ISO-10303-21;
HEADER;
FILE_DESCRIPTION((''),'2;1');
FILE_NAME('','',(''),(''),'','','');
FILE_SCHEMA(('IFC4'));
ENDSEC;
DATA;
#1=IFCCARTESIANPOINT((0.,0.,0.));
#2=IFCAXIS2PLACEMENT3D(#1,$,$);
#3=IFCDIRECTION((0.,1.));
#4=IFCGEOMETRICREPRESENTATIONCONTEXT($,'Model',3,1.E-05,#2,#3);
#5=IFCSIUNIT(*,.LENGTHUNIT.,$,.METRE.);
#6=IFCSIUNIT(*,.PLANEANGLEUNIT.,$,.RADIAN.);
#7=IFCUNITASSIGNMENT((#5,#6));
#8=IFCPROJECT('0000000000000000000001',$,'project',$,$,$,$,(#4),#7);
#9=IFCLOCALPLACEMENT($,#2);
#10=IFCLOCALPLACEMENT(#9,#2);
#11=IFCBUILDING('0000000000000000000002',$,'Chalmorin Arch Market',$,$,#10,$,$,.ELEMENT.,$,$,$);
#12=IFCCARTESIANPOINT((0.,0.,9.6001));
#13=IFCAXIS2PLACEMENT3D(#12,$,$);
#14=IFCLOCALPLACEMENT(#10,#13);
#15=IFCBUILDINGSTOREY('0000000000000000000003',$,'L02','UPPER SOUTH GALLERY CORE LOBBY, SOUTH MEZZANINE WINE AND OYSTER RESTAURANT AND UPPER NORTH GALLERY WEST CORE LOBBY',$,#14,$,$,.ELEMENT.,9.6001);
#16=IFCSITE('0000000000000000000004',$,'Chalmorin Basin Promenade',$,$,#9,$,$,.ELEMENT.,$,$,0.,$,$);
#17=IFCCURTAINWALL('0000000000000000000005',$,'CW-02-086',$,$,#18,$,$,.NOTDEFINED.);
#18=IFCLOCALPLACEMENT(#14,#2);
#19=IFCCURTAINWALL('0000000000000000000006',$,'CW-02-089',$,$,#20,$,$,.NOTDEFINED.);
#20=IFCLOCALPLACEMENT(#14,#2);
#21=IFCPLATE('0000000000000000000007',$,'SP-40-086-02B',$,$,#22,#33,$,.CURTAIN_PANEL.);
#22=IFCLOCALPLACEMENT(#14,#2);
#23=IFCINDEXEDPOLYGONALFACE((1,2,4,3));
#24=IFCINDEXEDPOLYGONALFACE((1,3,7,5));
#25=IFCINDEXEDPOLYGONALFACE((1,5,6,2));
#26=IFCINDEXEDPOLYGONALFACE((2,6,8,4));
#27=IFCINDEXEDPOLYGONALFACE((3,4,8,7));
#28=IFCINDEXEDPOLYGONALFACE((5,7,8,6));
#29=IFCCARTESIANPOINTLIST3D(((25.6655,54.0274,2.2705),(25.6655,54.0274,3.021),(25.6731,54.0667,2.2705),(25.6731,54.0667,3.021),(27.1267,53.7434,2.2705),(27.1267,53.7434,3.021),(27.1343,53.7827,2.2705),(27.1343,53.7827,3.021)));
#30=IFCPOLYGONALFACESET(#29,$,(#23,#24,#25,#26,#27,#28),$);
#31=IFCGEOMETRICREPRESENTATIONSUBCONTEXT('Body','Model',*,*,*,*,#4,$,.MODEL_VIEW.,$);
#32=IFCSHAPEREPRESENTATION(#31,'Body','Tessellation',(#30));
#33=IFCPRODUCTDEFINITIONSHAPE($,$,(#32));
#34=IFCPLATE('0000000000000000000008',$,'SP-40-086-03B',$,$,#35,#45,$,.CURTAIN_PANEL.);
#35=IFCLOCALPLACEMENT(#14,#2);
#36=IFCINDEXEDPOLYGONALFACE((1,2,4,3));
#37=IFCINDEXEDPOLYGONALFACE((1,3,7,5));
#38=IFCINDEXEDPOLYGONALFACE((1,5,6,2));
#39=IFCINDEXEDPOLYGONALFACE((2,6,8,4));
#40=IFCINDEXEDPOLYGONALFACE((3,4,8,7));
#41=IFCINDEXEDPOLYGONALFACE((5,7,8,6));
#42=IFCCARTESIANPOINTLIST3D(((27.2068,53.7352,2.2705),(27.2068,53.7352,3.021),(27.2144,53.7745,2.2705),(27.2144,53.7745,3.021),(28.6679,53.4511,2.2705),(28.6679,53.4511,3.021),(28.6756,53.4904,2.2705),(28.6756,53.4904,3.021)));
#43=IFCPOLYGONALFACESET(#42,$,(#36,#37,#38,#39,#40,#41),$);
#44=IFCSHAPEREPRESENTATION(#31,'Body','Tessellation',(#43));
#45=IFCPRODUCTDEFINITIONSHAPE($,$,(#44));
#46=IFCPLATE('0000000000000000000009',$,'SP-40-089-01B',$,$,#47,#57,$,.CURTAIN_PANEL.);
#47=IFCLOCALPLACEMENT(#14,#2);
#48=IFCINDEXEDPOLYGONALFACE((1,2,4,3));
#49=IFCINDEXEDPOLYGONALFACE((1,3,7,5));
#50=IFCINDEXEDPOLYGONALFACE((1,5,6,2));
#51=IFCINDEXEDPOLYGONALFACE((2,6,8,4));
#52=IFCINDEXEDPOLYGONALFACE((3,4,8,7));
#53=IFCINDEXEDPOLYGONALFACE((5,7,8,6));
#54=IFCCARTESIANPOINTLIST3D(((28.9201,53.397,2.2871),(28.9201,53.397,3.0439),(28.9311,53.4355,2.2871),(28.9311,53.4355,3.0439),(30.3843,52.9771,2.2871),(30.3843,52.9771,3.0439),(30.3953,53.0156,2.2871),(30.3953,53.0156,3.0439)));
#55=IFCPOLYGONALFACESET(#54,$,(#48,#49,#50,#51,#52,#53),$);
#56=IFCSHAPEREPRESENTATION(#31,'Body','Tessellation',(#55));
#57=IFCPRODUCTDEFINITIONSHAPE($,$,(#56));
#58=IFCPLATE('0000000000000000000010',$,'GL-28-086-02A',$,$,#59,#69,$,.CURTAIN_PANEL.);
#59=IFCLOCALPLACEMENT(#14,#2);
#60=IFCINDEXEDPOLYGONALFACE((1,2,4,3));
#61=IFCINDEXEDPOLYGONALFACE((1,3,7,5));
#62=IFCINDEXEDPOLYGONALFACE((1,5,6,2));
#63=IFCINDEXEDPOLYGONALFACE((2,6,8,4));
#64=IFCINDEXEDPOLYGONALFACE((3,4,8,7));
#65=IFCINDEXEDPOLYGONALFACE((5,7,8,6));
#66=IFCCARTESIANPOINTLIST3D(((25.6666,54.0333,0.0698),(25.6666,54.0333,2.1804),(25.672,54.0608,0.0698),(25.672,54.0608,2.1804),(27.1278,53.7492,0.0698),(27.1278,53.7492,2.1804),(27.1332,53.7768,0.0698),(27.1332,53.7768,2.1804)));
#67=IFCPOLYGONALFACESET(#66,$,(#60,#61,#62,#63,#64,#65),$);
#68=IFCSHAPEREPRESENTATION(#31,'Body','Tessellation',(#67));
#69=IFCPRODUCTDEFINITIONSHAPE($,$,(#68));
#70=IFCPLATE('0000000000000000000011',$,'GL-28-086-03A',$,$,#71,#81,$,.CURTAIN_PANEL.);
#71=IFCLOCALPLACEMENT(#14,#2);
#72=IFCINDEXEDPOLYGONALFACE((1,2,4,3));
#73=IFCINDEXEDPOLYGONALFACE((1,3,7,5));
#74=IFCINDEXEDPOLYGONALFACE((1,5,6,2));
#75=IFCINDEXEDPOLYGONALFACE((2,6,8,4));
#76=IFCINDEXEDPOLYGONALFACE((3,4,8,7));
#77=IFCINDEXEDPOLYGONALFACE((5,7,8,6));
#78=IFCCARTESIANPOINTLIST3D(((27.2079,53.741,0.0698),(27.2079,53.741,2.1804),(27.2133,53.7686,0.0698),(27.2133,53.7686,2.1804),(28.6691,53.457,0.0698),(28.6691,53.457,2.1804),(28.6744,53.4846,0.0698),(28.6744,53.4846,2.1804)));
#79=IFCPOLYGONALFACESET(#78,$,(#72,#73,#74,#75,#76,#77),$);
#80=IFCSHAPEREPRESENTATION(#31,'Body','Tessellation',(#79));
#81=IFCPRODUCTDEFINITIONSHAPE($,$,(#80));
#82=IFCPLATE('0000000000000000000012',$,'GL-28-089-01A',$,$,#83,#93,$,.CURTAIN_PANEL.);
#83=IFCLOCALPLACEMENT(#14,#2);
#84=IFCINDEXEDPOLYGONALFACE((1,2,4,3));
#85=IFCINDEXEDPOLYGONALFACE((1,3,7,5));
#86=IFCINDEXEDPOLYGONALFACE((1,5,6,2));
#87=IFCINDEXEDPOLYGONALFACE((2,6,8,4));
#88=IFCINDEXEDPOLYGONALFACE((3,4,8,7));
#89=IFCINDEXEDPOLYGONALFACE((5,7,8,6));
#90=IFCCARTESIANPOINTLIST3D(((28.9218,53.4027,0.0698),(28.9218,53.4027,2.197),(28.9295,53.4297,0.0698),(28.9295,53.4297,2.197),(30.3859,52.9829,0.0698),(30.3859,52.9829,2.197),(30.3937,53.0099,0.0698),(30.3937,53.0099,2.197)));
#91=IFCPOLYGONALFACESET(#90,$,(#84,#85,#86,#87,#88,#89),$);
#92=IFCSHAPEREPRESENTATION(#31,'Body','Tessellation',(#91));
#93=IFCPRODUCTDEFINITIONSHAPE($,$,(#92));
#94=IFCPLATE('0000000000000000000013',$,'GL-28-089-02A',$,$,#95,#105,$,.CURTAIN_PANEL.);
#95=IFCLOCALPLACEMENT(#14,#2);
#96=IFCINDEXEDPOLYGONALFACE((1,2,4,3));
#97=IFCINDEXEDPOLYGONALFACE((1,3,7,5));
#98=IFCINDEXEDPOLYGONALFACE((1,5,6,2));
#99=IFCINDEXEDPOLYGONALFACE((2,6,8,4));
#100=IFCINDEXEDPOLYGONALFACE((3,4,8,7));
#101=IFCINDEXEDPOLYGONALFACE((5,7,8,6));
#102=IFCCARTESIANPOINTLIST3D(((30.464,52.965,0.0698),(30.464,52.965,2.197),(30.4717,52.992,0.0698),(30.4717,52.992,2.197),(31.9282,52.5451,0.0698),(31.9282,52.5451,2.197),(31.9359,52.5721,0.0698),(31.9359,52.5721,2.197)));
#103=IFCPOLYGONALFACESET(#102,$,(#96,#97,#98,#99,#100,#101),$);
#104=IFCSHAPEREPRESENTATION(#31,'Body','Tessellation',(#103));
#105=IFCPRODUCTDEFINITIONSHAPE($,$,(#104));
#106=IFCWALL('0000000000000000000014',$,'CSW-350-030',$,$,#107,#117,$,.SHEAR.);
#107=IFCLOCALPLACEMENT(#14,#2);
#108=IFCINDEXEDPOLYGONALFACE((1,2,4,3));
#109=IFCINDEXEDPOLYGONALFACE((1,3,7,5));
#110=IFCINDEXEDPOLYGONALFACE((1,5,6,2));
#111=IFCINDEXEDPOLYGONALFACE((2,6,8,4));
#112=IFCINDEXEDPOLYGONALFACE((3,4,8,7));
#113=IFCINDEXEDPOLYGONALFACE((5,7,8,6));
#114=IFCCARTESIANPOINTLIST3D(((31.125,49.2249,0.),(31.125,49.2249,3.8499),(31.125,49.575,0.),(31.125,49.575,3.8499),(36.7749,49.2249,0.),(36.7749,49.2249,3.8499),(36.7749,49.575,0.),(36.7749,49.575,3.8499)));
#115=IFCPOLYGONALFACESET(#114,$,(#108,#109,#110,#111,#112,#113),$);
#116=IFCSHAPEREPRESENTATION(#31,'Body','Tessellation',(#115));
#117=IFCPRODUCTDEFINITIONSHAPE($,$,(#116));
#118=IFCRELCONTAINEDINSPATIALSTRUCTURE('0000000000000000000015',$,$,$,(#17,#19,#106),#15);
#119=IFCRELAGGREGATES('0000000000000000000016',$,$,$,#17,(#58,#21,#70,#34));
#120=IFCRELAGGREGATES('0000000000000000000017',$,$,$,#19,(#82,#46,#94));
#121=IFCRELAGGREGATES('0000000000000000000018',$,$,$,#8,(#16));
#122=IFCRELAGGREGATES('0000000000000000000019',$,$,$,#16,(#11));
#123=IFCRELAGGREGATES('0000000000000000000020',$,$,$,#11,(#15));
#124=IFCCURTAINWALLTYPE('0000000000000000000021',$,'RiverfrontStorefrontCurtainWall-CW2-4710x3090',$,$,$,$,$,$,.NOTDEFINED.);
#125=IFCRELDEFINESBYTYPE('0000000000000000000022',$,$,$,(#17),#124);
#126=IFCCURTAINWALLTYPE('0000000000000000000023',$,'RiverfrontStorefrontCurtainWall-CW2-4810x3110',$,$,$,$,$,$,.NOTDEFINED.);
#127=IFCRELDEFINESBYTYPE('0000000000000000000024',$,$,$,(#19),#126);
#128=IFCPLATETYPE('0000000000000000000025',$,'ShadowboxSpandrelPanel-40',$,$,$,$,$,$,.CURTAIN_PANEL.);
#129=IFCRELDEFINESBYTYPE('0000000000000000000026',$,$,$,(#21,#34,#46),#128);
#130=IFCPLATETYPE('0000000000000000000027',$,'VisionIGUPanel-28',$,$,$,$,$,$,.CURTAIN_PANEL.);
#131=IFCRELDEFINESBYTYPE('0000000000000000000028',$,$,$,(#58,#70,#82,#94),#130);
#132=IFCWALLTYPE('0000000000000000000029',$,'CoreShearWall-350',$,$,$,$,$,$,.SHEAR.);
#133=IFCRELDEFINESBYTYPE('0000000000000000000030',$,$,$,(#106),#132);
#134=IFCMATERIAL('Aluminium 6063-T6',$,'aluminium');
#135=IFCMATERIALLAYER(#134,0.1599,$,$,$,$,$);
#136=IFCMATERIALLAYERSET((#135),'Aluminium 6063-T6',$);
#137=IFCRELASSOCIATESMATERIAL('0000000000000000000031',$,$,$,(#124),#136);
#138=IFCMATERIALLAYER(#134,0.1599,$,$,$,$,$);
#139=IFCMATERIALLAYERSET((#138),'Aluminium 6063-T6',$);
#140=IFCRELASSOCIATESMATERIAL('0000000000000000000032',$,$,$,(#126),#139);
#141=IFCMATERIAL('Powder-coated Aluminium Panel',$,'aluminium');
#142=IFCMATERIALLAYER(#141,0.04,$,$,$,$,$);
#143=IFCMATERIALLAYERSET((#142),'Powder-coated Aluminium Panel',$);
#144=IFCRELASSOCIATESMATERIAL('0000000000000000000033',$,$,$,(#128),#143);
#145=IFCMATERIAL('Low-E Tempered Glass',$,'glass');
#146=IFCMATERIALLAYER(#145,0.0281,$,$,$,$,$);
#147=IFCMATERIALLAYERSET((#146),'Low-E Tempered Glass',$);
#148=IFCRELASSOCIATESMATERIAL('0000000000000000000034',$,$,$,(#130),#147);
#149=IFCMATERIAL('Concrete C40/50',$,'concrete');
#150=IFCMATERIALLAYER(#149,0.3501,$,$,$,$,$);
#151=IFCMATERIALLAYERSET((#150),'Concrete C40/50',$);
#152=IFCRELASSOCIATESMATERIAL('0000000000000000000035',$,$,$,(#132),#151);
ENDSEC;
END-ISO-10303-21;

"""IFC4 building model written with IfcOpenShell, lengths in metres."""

from ifc_helpers import new_model, si_unit, direction, frame, frame_2d, origin, origin_2d, place, context, subcontext, project, spatial, rectangle, extrude, material, layer, layer_set, type_object, element, aggregate, save


model = new_model("IFC4")

# Units and contexts
model_context = context("Model", 3, precision=1e-05, world=origin(), true_north=direction((0.0, 1.0)))
body_context = subcontext(model_context, "Body", "Model", "MODEL_VIEW")
ifc_project = project(units=[si_unit("LENGTHUNIT", "METRE"), si_unit("PLANEANGLEUNIT", "RADIAN")], contexts=[model_context])

# Site, building, storey
site_placement = place(None, origin())
site = spatial("IfcSite", under=ifc_project, at=site_placement, Name="Chalmorin Basin Promenade", CompositionType="ELEMENT", RefElevation=0.0)
building_placement = place(site_placement, origin())
building = spatial("IfcBuilding", under=site, at=building_placement, Name="Chalmorin Arch Market", CompositionType="ELEMENT")
storey_placement = place(building_placement, frame((0.0, 0.0, 9.6001)))
storey = spatial("IfcBuildingStorey", under=building, at=storey_placement, Name="L02", Description="UPPER SOUTH GALLERY CORE LOBBY, SOUTH MEZZANINE WINE AND OYSTER RESTAURANT AND UPPER NORTH GALLERY WEST CORE LOBBY", CompositionType="ELEMENT", Elevation=9.6001)

# Curtain walls
ifc_material_1 = material(Name="Aluminium 6063-T6", Category="aluminium")
ifc_layer_1 = layer(ifc_material_1, 0.1599)
ifc_layer_set_1 = layer_set([ifc_layer_1], Name="Aluminium 6063-T6")
curtain_wall_type_1 = type_object("IfcCurtainWallType", Name="RiverfrontStorefrontCurtainWall-CW2-4710x3090", PredefinedType="NOTDEFINED", material=ifc_layer_set_1)
curtain_wall_1_placement = place(storey_placement, origin())
curtain_wall_1 = element("IfcCurtainWall", 1, at=curtain_wall_1_placement, inside=storey, type_object=curtain_wall_type_1, Name="CW-02-086", PredefinedType="NOTDEFINED")
ifc_layer_2 = layer(ifc_material_1, 0.1599)
ifc_layer_set_2 = layer_set([ifc_layer_2], Name="Aluminium 6063-T6")
curtain_wall_type_2 = type_object("IfcCurtainWallType", Name="RiverfrontStorefrontCurtainWall-CW2-4810x3110", PredefinedType="NOTDEFINED", material=ifc_layer_set_2)
curtain_wall_2_placement = place(storey_placement, origin())
curtain_wall_2 = element("IfcCurtainWall", 2, at=curtain_wall_2_placement, inside=storey, type_object=curtain_wall_type_2, Name="CW-02-089", PredefinedType="NOTDEFINED")

# Plates
ifc_material_2 = material(Name="Powder-coated Aluminium Panel", Category="aluminium")
ifc_layer_3 = layer(ifc_material_2, 0.04)
ifc_layer_set_3 = layer_set([ifc_layer_3], Name="Powder-coated Aluminium Panel")
plate_type_1 = type_object("IfcPlateType", Name="ShadowboxSpandrelPanel-40", PredefinedType="CURTAIN_PANEL", material=ifc_layer_set_3)
plate_1_placement = place(storey_placement, frame((26.3999, 53.905, 2.2705), z_axis=(0.0, 0.0, 1.0), x_axis=(0.981627, -0.190809, 0.0)))
plate_1 = element("IfcPlate", 3, at=plate_1_placement, type_object=plate_type_1, Name="SP-40-086-02B", PredefinedType="CURTAIN_PANEL", context=body_context, shape_type="SweptSolid", body=[
    extrude(rectangle(XDim=1.4885, YDim=0.04, at=origin_2d()), origin(), (0.0, 0.0, 1.0), 0.7505),
])
plate_2_placement = place(storey_placement, frame((27.9412, 53.6128, 2.2705), z_axis=(0.0, 0.0, 1.0), x_axis=(0.981627, -0.190809, 0.0)))
plate_2 = element("IfcPlate", 4, at=plate_2_placement, type_object=plate_type_1, Name="SP-40-086-03B", PredefinedType="CURTAIN_PANEL", context=body_context, shape_type="SweptSolid", body=[
    extrude(rectangle(XDim=1.4885, YDim=0.04, at=origin_2d()), origin(), (0.0, 0.0, 1.0), 0.7505),
])
plate_3_placement = place(storey_placement, frame((29.6577, 53.2063, 2.2871), z_axis=(0.0, 0.0, 1.0), x_axis=(0.961262, -0.275637, 0.0)))
plate_3 = element("IfcPlate", 5, at=plate_3_placement, type_object=plate_type_1, Name="SP-40-089-01B", PredefinedType="CURTAIN_PANEL", context=body_context, shape_type="SweptSolid", body=[
    extrude(rectangle(XDim=1.5232, YDim=0.04, at=origin_2d()), origin(), (0.0, 0.0, 1.0), 0.7568),
])
ifc_material_3 = material(Name="Low-E Tempered Glass", Category="glass")
ifc_layer_4 = layer(ifc_material_3, 0.0281)
ifc_layer_set_4 = layer_set([ifc_layer_4], Name="Low-E Tempered Glass")
plate_type_2 = type_object("IfcPlateType", Name="VisionIGUPanel-28", PredefinedType="CURTAIN_PANEL", material=ifc_layer_set_4)
plate_4_placement = place(storey_placement, frame((26.3999, 53.905, 0.0698), z_axis=(0.0, 0.0, 1.0), x_axis=(0.981627, -0.190809, 0.0)))
plate_4 = element("IfcPlate", 6, at=plate_4_placement, type_object=plate_type_2, Name="GL-28-086-02A", PredefinedType="CURTAIN_PANEL", context=body_context, shape_type="SweptSolid", body=[
    extrude(rectangle(XDim=1.4885, YDim=0.0281, at=origin_2d()), origin(), (0.0, 0.0, 1.0), 2.1106),
])
plate_5_placement = place(storey_placement, frame((27.9412, 53.6128, 0.0698), z_axis=(0.0, 0.0, 1.0), x_axis=(0.981627, -0.190809, 0.0)))
plate_5 = element("IfcPlate", 7, at=plate_5_placement, type_object=plate_type_2, Name="GL-28-086-03A", PredefinedType="CURTAIN_PANEL", context=body_context, shape_type="SweptSolid", body=[
    extrude(rectangle(XDim=1.4885, YDim=0.0281, at=origin_2d()), origin(), (0.0, 0.0, 1.0), 2.1106),
])
aggregate(curtain_wall_1, [plate_4, plate_1, plate_5, plate_2])
plate_6_placement = place(storey_placement, frame((29.6577, 53.2063, 0.0698), z_axis=(0.0, 0.0, 1.0), x_axis=(0.961262, -0.275637, 0.0)))
plate_6 = element("IfcPlate", 8, at=plate_6_placement, type_object=plate_type_2, Name="GL-28-089-01A", PredefinedType="CURTAIN_PANEL", context=body_context, shape_type="SweptSolid", body=[
    extrude(rectangle(XDim=1.5232, YDim=0.0281, at=origin_2d()), origin(), (0.0, 0.0, 1.0), 2.1272),
])
plate_7_placement = place(storey_placement, frame((31.2, 52.7686, 0.0698), z_axis=(0.0, 0.0, 1.0), x_axis=(0.961262, -0.275637, 0.0)))
plate_7 = element("IfcPlate", 9, at=plate_7_placement, type_object=plate_type_2, Name="GL-28-089-02A", PredefinedType="CURTAIN_PANEL", context=body_context, shape_type="SweptSolid", body=[
    extrude(rectangle(XDim=1.5232, YDim=0.0281, at=origin_2d()), origin(), (0.0, 0.0, 1.0), 2.1272),
])
aggregate(curtain_wall_2, [plate_6, plate_3, plate_7])

# Wall
ifc_material_4 = material(Name="Concrete C40/50", Category="concrete")
ifc_layer_5 = layer(ifc_material_4, 0.3501)
ifc_layer_set_5 = layer_set([ifc_layer_5], Name="Concrete C40/50")
wall_type = type_object("IfcWallType", Name="CoreShearWall-350", PredefinedType="SHEAR", material=ifc_layer_set_5)
wall_placement = place(storey_placement, frame((31.125, 49.3999, 0.0), z_axis=(0.0, 0.0, 1.0), x_axis=(1.0, 0.0, 0.0)))
element("IfcWall", 10, at=wall_placement, inside=storey, type_object=wall_type, Name="CSW-350-030", PredefinedType="SHEAR", context=body_context, shape_type="SweptSolid", body=[
    extrude(rectangle(XDim=5.6499, YDim=0.3501, at=frame_2d((2.825, 0.0))), origin(), (0.0, 0.0, 1.0), 3.8499),
])

save(model, "model.ifc")
